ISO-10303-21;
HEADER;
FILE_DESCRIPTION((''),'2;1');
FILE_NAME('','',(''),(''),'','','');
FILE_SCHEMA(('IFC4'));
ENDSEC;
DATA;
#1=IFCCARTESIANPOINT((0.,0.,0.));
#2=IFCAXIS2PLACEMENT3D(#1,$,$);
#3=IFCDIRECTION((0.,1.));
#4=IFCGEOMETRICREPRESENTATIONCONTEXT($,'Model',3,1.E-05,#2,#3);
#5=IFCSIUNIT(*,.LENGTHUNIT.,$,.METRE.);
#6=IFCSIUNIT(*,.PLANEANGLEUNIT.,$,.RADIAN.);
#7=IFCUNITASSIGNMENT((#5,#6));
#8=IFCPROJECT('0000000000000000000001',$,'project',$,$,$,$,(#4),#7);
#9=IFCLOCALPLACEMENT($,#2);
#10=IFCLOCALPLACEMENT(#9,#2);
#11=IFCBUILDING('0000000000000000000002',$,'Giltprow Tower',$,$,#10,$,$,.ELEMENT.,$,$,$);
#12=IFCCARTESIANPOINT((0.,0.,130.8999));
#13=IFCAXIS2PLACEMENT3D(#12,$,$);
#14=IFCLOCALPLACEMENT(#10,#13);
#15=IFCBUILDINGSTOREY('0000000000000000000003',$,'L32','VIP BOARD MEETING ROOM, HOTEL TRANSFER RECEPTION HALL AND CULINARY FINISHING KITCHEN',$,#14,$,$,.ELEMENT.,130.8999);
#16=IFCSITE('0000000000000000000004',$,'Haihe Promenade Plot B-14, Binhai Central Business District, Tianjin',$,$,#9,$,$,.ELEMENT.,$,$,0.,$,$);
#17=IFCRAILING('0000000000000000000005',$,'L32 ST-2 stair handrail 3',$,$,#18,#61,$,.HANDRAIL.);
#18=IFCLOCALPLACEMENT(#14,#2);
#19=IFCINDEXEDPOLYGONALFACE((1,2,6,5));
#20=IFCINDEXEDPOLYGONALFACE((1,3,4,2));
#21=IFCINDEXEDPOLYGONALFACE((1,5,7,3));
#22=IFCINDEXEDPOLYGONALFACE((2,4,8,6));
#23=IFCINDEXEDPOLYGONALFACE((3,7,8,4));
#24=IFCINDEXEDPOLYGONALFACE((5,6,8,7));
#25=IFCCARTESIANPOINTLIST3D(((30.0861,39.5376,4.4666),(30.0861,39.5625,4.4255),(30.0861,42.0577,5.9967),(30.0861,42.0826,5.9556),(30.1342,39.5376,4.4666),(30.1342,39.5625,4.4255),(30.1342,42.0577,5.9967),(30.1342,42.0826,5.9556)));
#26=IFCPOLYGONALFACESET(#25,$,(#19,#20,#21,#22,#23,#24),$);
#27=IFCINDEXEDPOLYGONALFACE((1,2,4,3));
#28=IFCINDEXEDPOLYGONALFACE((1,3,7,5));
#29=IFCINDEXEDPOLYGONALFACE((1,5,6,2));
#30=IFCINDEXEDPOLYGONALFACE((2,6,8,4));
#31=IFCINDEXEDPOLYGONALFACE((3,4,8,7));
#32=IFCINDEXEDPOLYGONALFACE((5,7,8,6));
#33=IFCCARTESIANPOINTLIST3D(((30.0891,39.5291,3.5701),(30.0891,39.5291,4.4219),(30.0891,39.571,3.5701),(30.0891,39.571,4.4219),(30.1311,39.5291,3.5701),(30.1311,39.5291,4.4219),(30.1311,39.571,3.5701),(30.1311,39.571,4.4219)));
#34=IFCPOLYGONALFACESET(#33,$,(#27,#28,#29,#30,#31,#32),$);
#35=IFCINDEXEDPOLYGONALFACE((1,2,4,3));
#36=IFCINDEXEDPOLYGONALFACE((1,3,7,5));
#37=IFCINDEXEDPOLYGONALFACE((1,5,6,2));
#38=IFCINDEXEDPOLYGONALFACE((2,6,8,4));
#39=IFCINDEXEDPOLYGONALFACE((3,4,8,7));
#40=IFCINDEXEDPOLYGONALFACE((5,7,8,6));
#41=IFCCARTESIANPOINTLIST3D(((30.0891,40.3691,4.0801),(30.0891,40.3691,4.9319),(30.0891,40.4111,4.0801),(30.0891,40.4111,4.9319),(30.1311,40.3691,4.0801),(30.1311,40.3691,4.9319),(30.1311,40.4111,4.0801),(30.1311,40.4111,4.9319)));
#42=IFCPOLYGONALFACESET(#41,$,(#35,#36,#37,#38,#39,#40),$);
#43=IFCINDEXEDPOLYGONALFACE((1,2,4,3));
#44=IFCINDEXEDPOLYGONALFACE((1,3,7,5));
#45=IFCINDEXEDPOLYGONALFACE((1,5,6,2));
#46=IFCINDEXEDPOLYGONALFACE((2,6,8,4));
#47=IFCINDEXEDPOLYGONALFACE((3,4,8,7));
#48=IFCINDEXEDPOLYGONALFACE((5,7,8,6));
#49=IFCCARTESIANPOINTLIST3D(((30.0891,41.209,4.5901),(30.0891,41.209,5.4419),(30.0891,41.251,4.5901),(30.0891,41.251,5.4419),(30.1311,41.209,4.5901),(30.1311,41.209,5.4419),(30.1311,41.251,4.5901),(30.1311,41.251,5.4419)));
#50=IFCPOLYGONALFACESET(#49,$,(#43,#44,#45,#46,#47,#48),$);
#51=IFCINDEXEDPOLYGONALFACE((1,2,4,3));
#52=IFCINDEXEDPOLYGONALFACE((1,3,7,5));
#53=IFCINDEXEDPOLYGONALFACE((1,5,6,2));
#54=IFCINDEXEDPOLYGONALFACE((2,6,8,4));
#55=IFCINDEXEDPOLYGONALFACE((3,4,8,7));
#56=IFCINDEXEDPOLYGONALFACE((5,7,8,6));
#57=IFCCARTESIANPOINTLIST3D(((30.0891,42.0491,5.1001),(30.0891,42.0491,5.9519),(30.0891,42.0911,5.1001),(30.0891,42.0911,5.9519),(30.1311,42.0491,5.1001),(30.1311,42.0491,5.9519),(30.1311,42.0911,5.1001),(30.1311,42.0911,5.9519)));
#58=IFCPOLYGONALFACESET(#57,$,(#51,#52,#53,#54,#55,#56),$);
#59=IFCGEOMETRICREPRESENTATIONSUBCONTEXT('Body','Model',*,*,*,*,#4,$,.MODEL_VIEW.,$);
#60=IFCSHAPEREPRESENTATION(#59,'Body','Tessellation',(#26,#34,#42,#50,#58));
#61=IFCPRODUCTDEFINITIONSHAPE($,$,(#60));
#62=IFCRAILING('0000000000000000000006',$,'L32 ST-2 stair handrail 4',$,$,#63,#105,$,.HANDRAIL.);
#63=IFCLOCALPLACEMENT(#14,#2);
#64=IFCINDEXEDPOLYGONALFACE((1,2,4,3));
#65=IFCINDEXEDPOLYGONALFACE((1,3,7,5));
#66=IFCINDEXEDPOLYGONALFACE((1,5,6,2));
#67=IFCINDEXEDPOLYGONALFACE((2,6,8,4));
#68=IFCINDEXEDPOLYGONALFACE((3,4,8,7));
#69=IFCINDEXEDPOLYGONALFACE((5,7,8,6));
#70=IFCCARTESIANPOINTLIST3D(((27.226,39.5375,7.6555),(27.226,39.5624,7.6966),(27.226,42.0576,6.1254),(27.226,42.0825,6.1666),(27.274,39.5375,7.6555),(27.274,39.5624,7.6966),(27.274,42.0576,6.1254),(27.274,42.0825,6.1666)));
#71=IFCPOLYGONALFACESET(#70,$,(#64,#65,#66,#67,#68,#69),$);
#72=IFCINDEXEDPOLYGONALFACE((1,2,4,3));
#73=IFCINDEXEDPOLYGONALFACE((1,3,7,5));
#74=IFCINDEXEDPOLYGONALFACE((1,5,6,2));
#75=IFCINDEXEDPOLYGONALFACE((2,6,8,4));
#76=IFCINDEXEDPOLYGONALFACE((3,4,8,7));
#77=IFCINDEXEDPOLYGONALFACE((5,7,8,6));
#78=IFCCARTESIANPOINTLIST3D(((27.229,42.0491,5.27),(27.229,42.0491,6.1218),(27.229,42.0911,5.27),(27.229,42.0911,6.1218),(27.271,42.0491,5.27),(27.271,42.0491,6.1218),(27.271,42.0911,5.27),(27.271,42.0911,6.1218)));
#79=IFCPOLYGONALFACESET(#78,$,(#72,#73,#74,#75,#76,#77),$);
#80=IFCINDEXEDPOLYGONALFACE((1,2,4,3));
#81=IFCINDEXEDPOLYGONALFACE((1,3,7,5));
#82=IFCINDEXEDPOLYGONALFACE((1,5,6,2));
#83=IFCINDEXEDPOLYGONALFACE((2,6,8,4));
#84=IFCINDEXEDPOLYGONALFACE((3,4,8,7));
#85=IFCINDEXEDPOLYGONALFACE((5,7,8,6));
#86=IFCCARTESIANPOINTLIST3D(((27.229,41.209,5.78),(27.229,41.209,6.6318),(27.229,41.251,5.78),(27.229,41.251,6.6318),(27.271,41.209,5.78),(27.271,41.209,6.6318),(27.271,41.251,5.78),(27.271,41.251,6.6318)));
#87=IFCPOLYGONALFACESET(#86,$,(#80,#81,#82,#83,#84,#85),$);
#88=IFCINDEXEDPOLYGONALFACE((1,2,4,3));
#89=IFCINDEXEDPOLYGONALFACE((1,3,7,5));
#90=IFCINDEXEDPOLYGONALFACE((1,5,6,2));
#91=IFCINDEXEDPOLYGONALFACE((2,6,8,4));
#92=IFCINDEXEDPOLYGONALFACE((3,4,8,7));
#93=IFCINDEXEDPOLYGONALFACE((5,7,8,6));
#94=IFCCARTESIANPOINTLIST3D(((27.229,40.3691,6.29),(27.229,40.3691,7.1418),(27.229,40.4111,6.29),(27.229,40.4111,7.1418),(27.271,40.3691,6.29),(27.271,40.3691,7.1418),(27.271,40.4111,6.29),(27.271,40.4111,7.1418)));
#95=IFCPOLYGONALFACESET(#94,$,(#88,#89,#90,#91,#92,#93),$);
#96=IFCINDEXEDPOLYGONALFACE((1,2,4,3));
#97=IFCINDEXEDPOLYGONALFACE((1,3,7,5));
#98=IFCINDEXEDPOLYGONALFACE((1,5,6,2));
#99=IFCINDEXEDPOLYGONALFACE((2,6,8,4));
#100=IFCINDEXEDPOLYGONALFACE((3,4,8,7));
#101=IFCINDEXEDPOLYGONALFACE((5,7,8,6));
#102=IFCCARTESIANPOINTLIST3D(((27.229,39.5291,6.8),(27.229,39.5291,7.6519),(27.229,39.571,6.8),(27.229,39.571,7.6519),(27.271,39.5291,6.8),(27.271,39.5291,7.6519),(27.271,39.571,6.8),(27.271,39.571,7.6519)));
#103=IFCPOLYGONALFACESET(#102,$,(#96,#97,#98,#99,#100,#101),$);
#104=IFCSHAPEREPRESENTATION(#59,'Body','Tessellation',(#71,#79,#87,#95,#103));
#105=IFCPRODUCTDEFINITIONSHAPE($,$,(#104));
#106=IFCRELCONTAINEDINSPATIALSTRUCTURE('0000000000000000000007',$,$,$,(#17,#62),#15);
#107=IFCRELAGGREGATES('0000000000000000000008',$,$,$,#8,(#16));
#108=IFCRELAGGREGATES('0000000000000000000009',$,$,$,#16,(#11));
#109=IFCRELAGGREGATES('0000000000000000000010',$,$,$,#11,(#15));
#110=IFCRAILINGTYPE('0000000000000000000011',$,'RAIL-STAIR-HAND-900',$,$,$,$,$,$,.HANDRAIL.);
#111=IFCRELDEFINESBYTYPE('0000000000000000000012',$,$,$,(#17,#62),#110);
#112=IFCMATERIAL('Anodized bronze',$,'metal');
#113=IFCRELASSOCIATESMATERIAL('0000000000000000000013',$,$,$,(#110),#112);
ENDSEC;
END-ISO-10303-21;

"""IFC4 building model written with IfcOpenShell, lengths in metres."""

from ifc_helpers import new_model, si_unit, direction, frame, origin, origin_2d, place, context, subcontext, project, spatial, rectangle, extrude, material, type_object, element, save


model = new_model("IFC4")

# Units and contexts
model_context = context("Model", 3, precision=1e-05, world=origin(), true_north=direction((0.0, 1.0)))
body_context = subcontext(model_context, "Body", "Model", "MODEL_VIEW")
ifc_project = project(units=[si_unit("LENGTHUNIT", "METRE"), si_unit("PLANEANGLEUNIT", "RADIAN")], contexts=[model_context])

# Site, building, storey
site_placement = place(None, origin())
site = spatial("IfcSite", under=ifc_project, at=site_placement, Name="Haihe Promenade Plot B-14, Binhai Central Business District, Tianjin", CompositionType="ELEMENT", RefElevation=0.0)
building_placement = place(site_placement, origin())
building = spatial("IfcBuilding", under=site, at=building_placement, Name="Giltprow Tower", CompositionType="ELEMENT")
storey_placement = place(building_placement, frame((0.0, 0.0, 130.8999)))
storey = spatial("IfcBuildingStorey", under=building, at=storey_placement, Name="L32", Description="VIP BOARD MEETING ROOM, HOTEL TRANSFER RECEPTION HALL AND CULINARY FINISHING KITCHEN", CompositionType="ELEMENT", Elevation=130.8999)

# Railings
ifc_material_1 = material(Name="Anodized bronze", Category="metal")
railing_type_1 = type_object("IfcRailingType", Name="RAIL-STAIR-HAND-900", PredefinedType="HANDRAIL", material=ifc_material_1)
railing_1_placement = place(storey_placement, frame((30.1101, 39.55, 3.5701)))
element("IfcRailing", 1, at=railing_1_placement, inside=storey, type_object=railing_type_1, Name="L32 ST-2 stair handrail 3", PredefinedType="HANDRAIL", context=body_context, shape_type="SweptSolid", body=[
    extrude(rectangle(XDim=0.0481, YDim=0.0481, at=origin_2d()), frame((0.0, 0.0, 0.876), z_axis=(0.0, 0.854785, 0.518982), x_axis=(-1.0, 0.0, 0.0)), (0.0, 0.0, 1.0), 2.9482),
    extrude(rectangle(XDim=0.042, YDim=0.042, at=origin_2d()), origin(), (0.0, 0.0, 1.0), 0.8518),
    extrude(rectangle(XDim=0.042, YDim=0.042, at=origin_2d()), frame((0.0, 0.8401, 0.51)), (0.0, 0.0, 1.0), 0.8518),
    extrude(rectangle(XDim=0.042, YDim=0.042, at=origin_2d()), frame((0.0, 1.6799, 1.02)), (0.0, 0.0, 1.0), 0.8518),
    extrude(rectangle(XDim=0.042, YDim=0.042, at=origin_2d()), frame((0.0, 2.52, 1.53)), (0.0, 0.0, 1.0), 0.8518),
])
railing_2_placement = place(storey_placement, frame((27.25, 42.0701, 5.27)))
element("IfcRailing", 2, at=railing_2_placement, inside=storey, type_object=railing_type_1, Name="L32 ST-2 stair handrail 4", PredefinedType="HANDRAIL", context=body_context, shape_type="SweptSolid", body=[
    extrude(rectangle(XDim=0.0481, YDim=0.0481, at=origin_2d()), frame((0.0, 0.0, 0.876), z_axis=(0.0, -0.854785, 0.518982), x_axis=(1.0, 0.0, 0.0)), (0.0, 0.0, 1.0), 2.9482),
    extrude(rectangle(XDim=0.042, YDim=0.042, at=origin_2d()), origin(), (0.0, 0.0, 1.0), 0.8518),
    extrude(rectangle(XDim=0.042, YDim=0.042, at=origin_2d()), frame((0.0, -0.8401, 0.51)), (0.0, 0.0, 1.0), 0.8518),
    extrude(rectangle(XDim=0.042, YDim=0.042, at=origin_2d()), frame((0.0, -1.6799, 1.02)), (0.0, 0.0, 1.0), 0.8518),
    extrude(rectangle(XDim=0.042, YDim=0.042, at=origin_2d()), frame((0.0, -2.52, 1.53)), (0.0, 0.0, 1.0), 0.8518),
])

save(model, "model.ifc")
